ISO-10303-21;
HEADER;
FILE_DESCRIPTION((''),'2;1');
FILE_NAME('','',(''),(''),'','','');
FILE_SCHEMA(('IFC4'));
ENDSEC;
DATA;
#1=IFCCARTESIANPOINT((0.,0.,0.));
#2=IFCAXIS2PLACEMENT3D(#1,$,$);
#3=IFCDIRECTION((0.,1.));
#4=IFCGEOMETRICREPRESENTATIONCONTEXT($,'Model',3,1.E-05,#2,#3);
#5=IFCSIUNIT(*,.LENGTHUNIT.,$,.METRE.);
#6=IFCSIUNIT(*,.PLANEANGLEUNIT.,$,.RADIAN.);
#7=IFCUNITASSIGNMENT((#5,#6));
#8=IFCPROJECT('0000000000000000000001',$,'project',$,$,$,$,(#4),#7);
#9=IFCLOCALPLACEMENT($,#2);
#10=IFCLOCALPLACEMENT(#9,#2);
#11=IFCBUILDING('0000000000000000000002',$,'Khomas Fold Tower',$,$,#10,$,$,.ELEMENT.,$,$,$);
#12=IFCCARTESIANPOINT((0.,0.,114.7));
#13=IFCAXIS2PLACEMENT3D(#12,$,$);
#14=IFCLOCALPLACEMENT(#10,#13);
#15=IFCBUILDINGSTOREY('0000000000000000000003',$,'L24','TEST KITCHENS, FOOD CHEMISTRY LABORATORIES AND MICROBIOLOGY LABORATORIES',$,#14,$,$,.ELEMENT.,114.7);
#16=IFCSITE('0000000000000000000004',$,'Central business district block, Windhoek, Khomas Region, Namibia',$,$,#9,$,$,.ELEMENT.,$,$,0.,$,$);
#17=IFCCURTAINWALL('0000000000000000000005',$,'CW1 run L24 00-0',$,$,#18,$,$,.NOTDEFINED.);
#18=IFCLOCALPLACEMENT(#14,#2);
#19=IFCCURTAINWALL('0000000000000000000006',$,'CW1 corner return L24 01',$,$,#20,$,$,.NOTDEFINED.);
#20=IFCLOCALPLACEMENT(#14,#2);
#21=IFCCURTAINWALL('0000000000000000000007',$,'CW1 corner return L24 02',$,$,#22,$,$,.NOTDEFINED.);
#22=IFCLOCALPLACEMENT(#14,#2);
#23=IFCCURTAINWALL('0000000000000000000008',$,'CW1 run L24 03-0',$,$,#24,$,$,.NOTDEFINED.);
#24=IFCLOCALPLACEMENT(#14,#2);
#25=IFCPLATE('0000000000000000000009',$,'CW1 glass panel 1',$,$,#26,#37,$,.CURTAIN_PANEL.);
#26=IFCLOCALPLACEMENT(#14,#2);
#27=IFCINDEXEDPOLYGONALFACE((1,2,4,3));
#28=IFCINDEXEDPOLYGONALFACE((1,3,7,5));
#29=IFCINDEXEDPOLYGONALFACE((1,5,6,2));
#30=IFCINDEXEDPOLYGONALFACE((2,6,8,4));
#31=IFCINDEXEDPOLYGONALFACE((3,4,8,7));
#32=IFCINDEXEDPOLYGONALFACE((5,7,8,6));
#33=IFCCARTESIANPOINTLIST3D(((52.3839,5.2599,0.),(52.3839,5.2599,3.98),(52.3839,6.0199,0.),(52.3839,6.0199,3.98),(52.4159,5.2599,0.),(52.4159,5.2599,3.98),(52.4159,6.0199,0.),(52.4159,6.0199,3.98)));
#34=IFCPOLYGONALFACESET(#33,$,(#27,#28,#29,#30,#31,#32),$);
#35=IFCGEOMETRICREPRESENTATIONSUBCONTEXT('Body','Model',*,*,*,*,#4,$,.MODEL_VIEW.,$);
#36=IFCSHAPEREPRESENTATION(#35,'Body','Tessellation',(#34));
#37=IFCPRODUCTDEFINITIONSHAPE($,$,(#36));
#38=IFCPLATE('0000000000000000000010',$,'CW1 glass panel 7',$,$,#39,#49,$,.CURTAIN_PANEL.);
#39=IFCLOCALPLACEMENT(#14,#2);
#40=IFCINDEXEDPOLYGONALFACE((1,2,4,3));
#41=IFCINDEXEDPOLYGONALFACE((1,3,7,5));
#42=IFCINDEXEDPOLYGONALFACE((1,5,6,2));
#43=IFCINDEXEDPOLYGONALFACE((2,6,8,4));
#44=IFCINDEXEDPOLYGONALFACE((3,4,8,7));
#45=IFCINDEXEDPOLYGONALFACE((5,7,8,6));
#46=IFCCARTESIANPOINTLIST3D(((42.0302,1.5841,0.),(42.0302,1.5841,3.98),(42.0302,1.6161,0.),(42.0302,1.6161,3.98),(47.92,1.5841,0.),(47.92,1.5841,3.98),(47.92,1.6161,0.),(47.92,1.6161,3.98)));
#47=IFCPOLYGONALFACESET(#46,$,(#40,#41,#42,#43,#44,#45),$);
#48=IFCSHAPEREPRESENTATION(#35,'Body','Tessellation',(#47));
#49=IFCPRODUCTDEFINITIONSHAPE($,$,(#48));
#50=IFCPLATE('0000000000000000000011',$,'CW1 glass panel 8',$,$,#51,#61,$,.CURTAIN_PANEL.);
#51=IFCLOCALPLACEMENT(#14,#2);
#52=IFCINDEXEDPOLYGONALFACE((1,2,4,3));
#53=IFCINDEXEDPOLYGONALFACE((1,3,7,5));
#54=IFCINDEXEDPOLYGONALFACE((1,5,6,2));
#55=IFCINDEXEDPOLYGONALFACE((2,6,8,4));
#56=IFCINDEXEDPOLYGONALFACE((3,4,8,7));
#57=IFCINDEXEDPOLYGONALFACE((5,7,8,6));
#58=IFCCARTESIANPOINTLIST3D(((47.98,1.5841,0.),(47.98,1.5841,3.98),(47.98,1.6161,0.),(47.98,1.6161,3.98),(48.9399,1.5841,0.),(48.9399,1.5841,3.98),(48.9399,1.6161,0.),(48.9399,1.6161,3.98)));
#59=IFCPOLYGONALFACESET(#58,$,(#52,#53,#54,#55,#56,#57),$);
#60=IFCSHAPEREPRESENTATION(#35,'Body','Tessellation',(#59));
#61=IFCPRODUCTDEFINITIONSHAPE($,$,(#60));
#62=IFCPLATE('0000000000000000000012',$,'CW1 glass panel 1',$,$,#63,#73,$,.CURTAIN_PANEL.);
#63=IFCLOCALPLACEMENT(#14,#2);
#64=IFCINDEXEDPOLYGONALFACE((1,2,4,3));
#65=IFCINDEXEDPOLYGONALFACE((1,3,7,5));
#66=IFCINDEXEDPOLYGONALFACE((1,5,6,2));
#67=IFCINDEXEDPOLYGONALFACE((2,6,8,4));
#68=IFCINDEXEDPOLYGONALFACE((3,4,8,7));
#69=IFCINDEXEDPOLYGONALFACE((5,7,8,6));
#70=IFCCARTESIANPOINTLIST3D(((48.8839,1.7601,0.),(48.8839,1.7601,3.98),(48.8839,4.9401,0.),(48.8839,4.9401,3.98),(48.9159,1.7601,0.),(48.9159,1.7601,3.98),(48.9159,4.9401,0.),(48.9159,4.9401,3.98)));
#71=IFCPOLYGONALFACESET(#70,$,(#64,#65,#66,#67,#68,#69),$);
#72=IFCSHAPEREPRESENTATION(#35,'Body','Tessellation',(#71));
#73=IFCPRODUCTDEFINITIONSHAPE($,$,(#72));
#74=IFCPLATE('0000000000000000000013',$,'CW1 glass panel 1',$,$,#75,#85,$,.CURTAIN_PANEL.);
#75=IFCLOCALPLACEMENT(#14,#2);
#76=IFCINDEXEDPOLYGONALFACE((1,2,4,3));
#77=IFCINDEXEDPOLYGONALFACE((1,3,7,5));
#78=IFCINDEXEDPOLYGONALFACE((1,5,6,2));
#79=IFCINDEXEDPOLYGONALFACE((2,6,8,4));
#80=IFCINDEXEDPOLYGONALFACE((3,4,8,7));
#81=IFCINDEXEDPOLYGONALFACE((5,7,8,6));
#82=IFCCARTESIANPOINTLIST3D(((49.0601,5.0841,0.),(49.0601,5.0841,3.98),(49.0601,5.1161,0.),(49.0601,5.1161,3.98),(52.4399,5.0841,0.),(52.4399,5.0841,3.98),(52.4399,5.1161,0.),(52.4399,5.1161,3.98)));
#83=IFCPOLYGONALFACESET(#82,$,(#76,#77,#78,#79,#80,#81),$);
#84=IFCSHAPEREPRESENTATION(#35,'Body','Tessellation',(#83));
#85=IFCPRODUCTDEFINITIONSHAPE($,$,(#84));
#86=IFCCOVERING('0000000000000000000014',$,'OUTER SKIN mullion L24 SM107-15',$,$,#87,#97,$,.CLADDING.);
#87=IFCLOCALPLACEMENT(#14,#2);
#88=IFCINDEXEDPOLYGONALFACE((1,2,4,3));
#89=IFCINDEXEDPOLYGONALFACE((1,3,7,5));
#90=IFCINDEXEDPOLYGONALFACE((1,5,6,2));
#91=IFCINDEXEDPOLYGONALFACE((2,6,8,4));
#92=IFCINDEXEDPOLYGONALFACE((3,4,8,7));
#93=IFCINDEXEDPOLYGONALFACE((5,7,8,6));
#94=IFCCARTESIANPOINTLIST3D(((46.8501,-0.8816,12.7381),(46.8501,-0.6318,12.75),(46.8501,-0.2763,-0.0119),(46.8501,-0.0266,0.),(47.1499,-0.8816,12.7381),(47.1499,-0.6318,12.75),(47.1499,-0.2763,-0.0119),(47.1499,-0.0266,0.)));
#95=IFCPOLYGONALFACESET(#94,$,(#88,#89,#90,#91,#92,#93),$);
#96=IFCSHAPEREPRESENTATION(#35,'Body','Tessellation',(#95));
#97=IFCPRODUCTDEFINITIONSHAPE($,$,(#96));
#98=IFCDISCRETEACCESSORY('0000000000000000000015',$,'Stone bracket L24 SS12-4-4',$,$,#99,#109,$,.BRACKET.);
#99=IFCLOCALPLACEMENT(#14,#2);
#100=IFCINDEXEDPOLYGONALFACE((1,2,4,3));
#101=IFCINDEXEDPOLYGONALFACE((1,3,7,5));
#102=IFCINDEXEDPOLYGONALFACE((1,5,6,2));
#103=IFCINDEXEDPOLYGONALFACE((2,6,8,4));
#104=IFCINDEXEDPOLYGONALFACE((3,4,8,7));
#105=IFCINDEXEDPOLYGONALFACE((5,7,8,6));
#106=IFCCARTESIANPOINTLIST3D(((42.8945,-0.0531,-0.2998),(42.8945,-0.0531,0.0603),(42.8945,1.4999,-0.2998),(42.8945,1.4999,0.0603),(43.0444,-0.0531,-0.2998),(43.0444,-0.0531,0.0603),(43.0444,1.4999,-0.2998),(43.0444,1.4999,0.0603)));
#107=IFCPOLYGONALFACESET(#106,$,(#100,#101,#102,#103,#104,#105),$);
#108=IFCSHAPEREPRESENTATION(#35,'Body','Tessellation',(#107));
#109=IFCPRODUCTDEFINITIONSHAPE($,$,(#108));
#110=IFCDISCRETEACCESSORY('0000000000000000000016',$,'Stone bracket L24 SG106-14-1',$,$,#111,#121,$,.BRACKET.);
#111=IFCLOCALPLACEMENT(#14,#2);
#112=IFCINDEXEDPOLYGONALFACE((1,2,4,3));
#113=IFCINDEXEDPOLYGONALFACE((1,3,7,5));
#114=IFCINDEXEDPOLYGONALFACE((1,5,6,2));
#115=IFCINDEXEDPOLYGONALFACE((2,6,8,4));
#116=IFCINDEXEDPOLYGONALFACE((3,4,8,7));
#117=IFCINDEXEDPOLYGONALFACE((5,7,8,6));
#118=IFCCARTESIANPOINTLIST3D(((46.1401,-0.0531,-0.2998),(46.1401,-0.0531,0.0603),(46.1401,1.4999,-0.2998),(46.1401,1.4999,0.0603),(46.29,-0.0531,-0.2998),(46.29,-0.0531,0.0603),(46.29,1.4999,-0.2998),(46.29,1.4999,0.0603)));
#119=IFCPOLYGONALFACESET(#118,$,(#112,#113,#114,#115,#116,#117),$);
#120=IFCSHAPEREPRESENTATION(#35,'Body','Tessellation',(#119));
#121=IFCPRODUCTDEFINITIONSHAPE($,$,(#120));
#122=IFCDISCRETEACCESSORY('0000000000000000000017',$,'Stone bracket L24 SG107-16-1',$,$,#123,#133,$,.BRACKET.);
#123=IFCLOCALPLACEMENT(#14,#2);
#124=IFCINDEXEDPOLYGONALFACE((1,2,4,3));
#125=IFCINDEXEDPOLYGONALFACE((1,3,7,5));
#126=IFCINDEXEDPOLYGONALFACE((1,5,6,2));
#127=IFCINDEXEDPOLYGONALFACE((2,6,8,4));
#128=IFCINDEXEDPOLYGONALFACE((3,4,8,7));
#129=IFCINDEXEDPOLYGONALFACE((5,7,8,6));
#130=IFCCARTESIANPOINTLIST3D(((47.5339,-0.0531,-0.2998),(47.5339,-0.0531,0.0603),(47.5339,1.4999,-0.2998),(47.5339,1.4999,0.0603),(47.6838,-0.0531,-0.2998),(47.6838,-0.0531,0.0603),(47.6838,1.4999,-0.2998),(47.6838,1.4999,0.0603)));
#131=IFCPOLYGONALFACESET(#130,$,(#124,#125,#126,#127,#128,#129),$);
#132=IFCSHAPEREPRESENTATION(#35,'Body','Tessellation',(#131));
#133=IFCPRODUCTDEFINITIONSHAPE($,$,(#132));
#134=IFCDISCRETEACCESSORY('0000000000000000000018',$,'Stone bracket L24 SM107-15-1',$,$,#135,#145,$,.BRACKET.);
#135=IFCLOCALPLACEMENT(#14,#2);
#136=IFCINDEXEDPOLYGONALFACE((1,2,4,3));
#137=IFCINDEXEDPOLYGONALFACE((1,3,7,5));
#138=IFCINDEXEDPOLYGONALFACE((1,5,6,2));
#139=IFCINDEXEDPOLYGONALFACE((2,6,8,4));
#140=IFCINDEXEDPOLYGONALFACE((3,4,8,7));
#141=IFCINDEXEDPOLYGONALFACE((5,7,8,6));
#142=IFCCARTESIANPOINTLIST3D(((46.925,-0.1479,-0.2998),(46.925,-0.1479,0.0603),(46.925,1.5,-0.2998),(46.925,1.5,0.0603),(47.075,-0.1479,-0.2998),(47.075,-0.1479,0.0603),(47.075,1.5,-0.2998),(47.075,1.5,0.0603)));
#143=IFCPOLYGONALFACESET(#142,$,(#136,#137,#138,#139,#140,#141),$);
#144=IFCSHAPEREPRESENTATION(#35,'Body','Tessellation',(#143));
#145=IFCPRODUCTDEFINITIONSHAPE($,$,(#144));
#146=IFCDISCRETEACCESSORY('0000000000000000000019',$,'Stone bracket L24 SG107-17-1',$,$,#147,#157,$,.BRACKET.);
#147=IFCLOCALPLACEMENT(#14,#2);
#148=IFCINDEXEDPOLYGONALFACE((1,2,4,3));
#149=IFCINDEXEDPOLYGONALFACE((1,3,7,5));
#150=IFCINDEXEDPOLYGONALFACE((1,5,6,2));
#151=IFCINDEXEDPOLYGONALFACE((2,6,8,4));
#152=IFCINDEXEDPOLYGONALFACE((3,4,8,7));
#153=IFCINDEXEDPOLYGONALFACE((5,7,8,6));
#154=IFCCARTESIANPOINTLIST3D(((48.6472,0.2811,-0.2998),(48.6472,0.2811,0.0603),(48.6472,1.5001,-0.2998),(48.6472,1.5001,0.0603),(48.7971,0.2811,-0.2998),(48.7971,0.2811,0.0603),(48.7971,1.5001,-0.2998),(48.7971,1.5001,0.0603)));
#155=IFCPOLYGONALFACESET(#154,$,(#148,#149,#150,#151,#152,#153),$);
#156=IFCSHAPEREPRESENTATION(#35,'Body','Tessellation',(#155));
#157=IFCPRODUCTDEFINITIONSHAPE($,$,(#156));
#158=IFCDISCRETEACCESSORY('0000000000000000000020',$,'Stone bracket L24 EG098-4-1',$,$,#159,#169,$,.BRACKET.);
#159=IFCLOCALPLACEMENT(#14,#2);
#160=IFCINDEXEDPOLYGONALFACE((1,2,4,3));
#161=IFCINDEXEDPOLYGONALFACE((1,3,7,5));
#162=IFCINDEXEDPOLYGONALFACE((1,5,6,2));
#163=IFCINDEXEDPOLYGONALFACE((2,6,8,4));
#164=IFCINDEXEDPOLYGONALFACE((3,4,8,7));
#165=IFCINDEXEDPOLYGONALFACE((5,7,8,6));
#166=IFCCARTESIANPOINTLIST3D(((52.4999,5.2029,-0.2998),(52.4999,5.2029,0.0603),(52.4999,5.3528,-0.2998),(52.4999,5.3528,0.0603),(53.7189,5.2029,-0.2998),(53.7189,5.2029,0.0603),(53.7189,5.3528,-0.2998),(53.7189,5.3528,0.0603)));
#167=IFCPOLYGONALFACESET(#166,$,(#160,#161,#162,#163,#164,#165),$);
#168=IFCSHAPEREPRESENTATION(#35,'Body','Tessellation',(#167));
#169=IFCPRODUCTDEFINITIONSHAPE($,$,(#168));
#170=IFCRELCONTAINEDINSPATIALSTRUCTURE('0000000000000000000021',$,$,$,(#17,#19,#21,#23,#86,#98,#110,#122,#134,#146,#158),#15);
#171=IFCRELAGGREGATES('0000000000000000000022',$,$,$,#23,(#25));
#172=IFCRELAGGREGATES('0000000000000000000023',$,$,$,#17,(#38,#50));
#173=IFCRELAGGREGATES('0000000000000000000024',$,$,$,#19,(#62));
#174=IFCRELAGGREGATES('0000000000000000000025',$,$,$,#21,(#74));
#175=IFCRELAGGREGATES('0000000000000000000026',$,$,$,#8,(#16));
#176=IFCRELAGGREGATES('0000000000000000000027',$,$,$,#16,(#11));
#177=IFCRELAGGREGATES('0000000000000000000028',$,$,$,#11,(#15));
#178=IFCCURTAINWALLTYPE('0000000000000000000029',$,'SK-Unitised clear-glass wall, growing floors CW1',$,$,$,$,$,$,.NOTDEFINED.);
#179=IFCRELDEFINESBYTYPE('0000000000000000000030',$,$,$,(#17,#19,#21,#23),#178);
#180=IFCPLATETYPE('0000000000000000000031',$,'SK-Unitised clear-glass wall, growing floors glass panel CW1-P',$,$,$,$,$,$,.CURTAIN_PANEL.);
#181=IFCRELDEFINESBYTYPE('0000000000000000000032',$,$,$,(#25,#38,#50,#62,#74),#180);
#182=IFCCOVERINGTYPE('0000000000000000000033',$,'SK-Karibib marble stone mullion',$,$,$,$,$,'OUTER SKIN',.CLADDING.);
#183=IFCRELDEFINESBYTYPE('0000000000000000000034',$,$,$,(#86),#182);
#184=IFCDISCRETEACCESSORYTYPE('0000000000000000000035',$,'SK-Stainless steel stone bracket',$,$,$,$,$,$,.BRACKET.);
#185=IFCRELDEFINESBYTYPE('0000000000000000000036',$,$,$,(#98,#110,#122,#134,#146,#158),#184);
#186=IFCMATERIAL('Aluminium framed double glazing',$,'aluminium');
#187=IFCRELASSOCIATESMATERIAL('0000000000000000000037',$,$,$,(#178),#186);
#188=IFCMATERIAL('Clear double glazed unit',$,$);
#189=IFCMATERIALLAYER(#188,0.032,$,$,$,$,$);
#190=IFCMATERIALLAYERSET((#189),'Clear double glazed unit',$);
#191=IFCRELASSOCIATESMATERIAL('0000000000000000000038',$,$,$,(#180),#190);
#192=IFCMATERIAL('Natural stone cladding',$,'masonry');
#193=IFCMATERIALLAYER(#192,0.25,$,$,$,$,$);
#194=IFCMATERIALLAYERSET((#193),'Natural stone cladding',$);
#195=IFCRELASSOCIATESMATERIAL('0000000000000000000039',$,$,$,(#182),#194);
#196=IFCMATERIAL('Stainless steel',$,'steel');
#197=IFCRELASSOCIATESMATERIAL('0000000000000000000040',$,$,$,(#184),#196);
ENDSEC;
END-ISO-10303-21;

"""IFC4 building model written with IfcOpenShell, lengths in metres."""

from ifc_helpers import new_model, si_unit, direction, frame, origin, origin_2d, place, context, subcontext, project, spatial, polyline, rectangle, outline, extrude, source, transform, mapped, material, layer, layer_set, type_object, element, aggregate, save


model = new_model("IFC4")

# Units and contexts
model_context = context("Model", 3, precision=1e-05, world=origin(), true_north=direction((0.0, 1.0)))
body_context = subcontext(model_context, "Body", "Model", "MODEL_VIEW")
ifc_project = project(units=[si_unit("LENGTHUNIT", "METRE"), si_unit("PLANEANGLEUNIT", "RADIAN")], contexts=[model_context])

# Site, building, storey
site_placement = place(None, origin())
site = spatial("IfcSite", under=ifc_project, at=site_placement, Name="Central business district block, Windhoek, Khomas Region, Namibia", CompositionType="ELEMENT", RefElevation=0.0)
building_placement = place(site_placement, origin())
building = spatial("IfcBuilding", under=site, at=building_placement, Name="Khomas Fold Tower", CompositionType="ELEMENT")
storey_placement = place(building_placement, frame((0.0, 0.0, 114.7)))
storey = spatial("IfcBuildingStorey", under=building, at=storey_placement, Name="L24", Description="TEST KITCHENS, FOOD CHEMISTRY LABORATORIES AND MICROBIOLOGY LABORATORIES", CompositionType="ELEMENT", Elevation=114.7)

# Curtain walls
ifc_material_1 = material(Name="Aluminium framed double glazing", Category="aluminium")
curtain_wall_type = type_object("IfcCurtainWallType", Name="SK-Unitised clear-glass wall, growing floors CW1", PredefinedType="NOTDEFINED", material=ifc_material_1)
curtain_wall_1_placement = place(storey_placement, origin())
curtain_wall_1 = element("IfcCurtainWall", 1, at=curtain_wall_1_placement, inside=storey, type_object=curtain_wall_type, Name="CW1 run L24 00-0", PredefinedType="NOTDEFINED")
curtain_wall_2_placement = place(storey_placement, origin())
curtain_wall_2 = element("IfcCurtainWall", 2, at=curtain_wall_2_placement, inside=storey, type_object=curtain_wall_type, Name="CW1 corner return L24 01", PredefinedType="NOTDEFINED")
curtain_wall_3_placement = place(storey_placement, origin())
curtain_wall_3 = element("IfcCurtainWall", 3, at=curtain_wall_3_placement, inside=storey, type_object=curtain_wall_type, Name="CW1 corner return L24 02", PredefinedType="NOTDEFINED")

# Curtain wall
curtain_wall_4_placement = place(storey_placement, origin())
curtain_wall_4 = element("IfcCurtainWall", 4, at=curtain_wall_4_placement, inside=storey, type_object=curtain_wall_type, Name="CW1 run L24 03-0", PredefinedType="NOTDEFINED")

# Plates
ifc_material_2 = material(Name="Clear double glazed unit")
ifc_layer_1 = layer(ifc_material_2, 0.032)
ifc_layer_set_1 = layer_set([ifc_layer_1], Name="Clear double glazed unit")
plate_type_1 = type_object("IfcPlateType", Name="SK-Unitised clear-glass wall, growing floors glass panel CW1-P", PredefinedType="CURTAIN_PANEL", material=ifc_layer_set_1)
shared_shape_1 = source(origin(), body_context, "Body", "SweptSolid", [
    extrude(rectangle(XDim=0.76, YDim=0.032, at=origin_2d()), origin(), (0.0, 0.0, 1.0), 3.98),
])
plate_1_placement = place(storey_placement, frame((52.3999, 5.6399, 0.0), z_axis=(0.0, 0.0, 1.0), x_axis=(0.0, 1.0, 0.0)))
plate_1 = element("IfcPlate", 5, at=plate_1_placement, type_object=plate_type_1, Name="CW1 glass panel 1", PredefinedType="CURTAIN_PANEL", context=body_context, shape_type="MappedRepresentation", body=[
    mapped(shared_shape_1, transform((0.0, 0.0, 0.0))),
])
aggregate(curtain_wall_4, [plate_1])
shared_shape_2 = source(origin(), body_context, "Body", "SweptSolid", [
    extrude(rectangle(XDim=5.8899, YDim=0.032, at=origin_2d()), origin(), (0.0, 0.0, 1.0), 3.98),
])
plate_2_placement = place(storey_placement, frame((44.9751, 1.6001, 0.0), z_axis=(0.0, 0.0, 1.0), x_axis=(1.0, 0.0, 0.0)))
plate_2 = element("IfcPlate", 6, at=plate_2_placement, type_object=plate_type_1, Name="CW1 glass panel 7", PredefinedType="CURTAIN_PANEL", context=body_context, shape_type="MappedRepresentation", body=[
    mapped(shared_shape_2, transform((0.0, 0.0, 0.0))),
])
shared_shape_3 = source(origin(), body_context, "Body", "SweptSolid", [
    extrude(rectangle(XDim=0.96, YDim=0.032, at=origin_2d()), origin(), (0.0, 0.0, 1.0), 3.98),
])
plate_3_placement = place(storey_placement, frame((48.46, 1.6001, 0.0), z_axis=(0.0, 0.0, 1.0), x_axis=(1.0, 0.0, 0.0)))
plate_3 = element("IfcPlate", 7, at=plate_3_placement, type_object=plate_type_1, Name="CW1 glass panel 8", PredefinedType="CURTAIN_PANEL", context=body_context, shape_type="MappedRepresentation", body=[
    mapped(shared_shape_3, transform((0.0, 0.0, 0.0))),
])
aggregate(curtain_wall_1, [plate_2, plate_3])
shared_shape_4 = source(origin(), body_context, "Body", "SweptSolid", [
    extrude(rectangle(XDim=3.1799, YDim=0.032, at=origin_2d()), origin(), (0.0, 0.0, 1.0), 3.98),
])
plate_4_placement = place(storey_placement, frame((48.8999, 3.3501, 0.0), z_axis=(0.0, 0.0, 1.0), x_axis=(0.0, 1.0, 0.0)))
plate_4 = element("IfcPlate", 8, at=plate_4_placement, type_object=plate_type_1, Name="CW1 glass panel 1", PredefinedType="CURTAIN_PANEL", context=body_context, shape_type="MappedRepresentation", body=[
    mapped(shared_shape_4, transform((0.0, 0.0, 0.0))),
])
aggregate(curtain_wall_2, [plate_4])
shared_shape_5 = source(origin(), body_context, "Body", "SweptSolid", [
    extrude(rectangle(XDim=3.3799, YDim=0.032, at=origin_2d()), origin(), (0.0, 0.0, 1.0), 3.98),
])
plate_5_placement = place(storey_placement, frame((50.75, 5.1001, 0.0), z_axis=(0.0, 0.0, 1.0), x_axis=(1.0, 0.0, 0.0)))
plate_5 = element("IfcPlate", 9, at=plate_5_placement, type_object=plate_type_1, Name="CW1 glass panel 1", PredefinedType="CURTAIN_PANEL", context=body_context, shape_type="MappedRepresentation", body=[
    mapped(shared_shape_5, transform((0.0, 0.0, 0.0))),
])
aggregate(curtain_wall_3, [plate_5])

# Covering
ifc_material_3 = material(Name="Natural stone cladding", Category="masonry")
ifc_layer_2 = layer(ifc_material_3, 0.25)
ifc_layer_set_2 = layer_set([ifc_layer_2], Name="Natural stone cladding")
covering_type = type_object("IfcCoveringType", Name="SK-Karibib marble stone mullion", ElementType="OUTER SKIN", PredefinedType="CLADDING", material=ifc_layer_set_2)
covering_placement = place(storey_placement, frame((46.8501, -0.0266, 0.0), z_axis=(0.0, 0.998875, 0.047415), x_axis=(0.0, -0.047415, 0.998875)))
element("IfcCovering", 10, at=covering_placement, inside=storey, type_object=covering_type, Name="OUTER SKIN mullion L24 SM107-15", PredefinedType="CLADDING", context=body_context, shape_type="SweptSolid", body=[
    extrude(outline(polyline([(0.0, 0.0), (12.7644, 0.0), (12.7644, 0.2998), (0.0, 0.2998), (0.0, 0.0)])), origin(), (0.0, 0.0, -1.0), 0.25),
])

# Discrete accessories
ifc_material_4 = material(Name="Stainless steel", Category="steel")
discrete_accessory_type = type_object("IfcDiscreteAccessoryType", Name="SK-Stainless steel stone bracket", PredefinedType="BRACKET", material=ifc_material_4)
shared_shape_6 = source(origin(), body_context, "Body", "SweptSolid", [
    extrude(rectangle(XDim=1.553, YDim=0.1499, at=origin_2d()), origin(), (0.0, 0.0, 1.0), 0.3601),
])
for number, where, z_axis, x_axis, name in (
    (11, (42.9695, 0.7234, -0.2998), (0.0, 0.0, 1.0), (0.0, -1.0, 0.0), "Stone bracket L24 SS12-4-4"),
    (12, (46.2151, 0.7234, -0.2998), (0.0, 0.0, 1.0), (0.0, -1.0, 0.0), "Stone bracket L24 SG106-14-1"),
    (13, (47.6089, 0.7234, -0.2998), (0.0, 0.0, 1.0), (0.0, -1.0, 0.0), "Stone bracket L24 SG107-16-1"),
):
    element("IfcDiscreteAccessory", number, at=place(storey_placement, frame(where, z_axis=z_axis, x_axis=x_axis)), inside=storey, type_object=discrete_accessory_type, Name=name, PredefinedType="BRACKET", context=body_context, shape_type="MappedRepresentation", body=[
        mapped(shared_shape_6, transform((0.0, 0.0, 0.0))),
    ])
shared_shape_7 = source(origin(), body_context, "Body", "SweptSolid", [
    extrude(rectangle(XDim=1.6479, YDim=0.1499, at=origin_2d()), origin(), (0.0, 0.0, 1.0), 0.3601),
])
discrete_accessory_placement = place(storey_placement, frame((47.0, 0.676, -0.2998), z_axis=(0.0, 0.0, 1.0), x_axis=(0.0, -1.0, 0.0)))
element("IfcDiscreteAccessory", 14, at=discrete_accessory_placement, inside=storey, type_object=discrete_accessory_type, Name="Stone bracket L24 SM107-15-1", PredefinedType="BRACKET", context=body_context, shape_type="MappedRepresentation", body=[
    mapped(shared_shape_7, transform((0.0, 0.0, 0.0))),
])
shared_shape_8 = source(origin(), body_context, "Body", "SweptSolid", [
    extrude(rectangle(XDim=1.219, YDim=0.1499, at=origin_2d()), origin(), (0.0, 0.0, 1.0), 0.3601),
])
for number, where, z_axis, x_axis, name in (
    (15, (48.7222, 0.8906, -0.2998), (0.0, 0.0, 1.0), (0.0, -1.0, 0.0), "Stone bracket L24 SG107-17-1"),
    (16, (53.1094, 5.2778, -0.2998), (0.0, 0.0, 1.0), (1.0, 0.0, 0.0), "Stone bracket L24 EG098-4-1"),
):
    element("IfcDiscreteAccessory", number, at=place(storey_placement, frame(where, z_axis=z_axis, x_axis=x_axis)), inside=storey, type_object=discrete_accessory_type, Name=name, PredefinedType="BRACKET", context=body_context, shape_type="MappedRepresentation", body=[
        mapped(shared_shape_8, transform((0.0, 0.0, 0.0))),
    ])

save(model, "model.ifc")
